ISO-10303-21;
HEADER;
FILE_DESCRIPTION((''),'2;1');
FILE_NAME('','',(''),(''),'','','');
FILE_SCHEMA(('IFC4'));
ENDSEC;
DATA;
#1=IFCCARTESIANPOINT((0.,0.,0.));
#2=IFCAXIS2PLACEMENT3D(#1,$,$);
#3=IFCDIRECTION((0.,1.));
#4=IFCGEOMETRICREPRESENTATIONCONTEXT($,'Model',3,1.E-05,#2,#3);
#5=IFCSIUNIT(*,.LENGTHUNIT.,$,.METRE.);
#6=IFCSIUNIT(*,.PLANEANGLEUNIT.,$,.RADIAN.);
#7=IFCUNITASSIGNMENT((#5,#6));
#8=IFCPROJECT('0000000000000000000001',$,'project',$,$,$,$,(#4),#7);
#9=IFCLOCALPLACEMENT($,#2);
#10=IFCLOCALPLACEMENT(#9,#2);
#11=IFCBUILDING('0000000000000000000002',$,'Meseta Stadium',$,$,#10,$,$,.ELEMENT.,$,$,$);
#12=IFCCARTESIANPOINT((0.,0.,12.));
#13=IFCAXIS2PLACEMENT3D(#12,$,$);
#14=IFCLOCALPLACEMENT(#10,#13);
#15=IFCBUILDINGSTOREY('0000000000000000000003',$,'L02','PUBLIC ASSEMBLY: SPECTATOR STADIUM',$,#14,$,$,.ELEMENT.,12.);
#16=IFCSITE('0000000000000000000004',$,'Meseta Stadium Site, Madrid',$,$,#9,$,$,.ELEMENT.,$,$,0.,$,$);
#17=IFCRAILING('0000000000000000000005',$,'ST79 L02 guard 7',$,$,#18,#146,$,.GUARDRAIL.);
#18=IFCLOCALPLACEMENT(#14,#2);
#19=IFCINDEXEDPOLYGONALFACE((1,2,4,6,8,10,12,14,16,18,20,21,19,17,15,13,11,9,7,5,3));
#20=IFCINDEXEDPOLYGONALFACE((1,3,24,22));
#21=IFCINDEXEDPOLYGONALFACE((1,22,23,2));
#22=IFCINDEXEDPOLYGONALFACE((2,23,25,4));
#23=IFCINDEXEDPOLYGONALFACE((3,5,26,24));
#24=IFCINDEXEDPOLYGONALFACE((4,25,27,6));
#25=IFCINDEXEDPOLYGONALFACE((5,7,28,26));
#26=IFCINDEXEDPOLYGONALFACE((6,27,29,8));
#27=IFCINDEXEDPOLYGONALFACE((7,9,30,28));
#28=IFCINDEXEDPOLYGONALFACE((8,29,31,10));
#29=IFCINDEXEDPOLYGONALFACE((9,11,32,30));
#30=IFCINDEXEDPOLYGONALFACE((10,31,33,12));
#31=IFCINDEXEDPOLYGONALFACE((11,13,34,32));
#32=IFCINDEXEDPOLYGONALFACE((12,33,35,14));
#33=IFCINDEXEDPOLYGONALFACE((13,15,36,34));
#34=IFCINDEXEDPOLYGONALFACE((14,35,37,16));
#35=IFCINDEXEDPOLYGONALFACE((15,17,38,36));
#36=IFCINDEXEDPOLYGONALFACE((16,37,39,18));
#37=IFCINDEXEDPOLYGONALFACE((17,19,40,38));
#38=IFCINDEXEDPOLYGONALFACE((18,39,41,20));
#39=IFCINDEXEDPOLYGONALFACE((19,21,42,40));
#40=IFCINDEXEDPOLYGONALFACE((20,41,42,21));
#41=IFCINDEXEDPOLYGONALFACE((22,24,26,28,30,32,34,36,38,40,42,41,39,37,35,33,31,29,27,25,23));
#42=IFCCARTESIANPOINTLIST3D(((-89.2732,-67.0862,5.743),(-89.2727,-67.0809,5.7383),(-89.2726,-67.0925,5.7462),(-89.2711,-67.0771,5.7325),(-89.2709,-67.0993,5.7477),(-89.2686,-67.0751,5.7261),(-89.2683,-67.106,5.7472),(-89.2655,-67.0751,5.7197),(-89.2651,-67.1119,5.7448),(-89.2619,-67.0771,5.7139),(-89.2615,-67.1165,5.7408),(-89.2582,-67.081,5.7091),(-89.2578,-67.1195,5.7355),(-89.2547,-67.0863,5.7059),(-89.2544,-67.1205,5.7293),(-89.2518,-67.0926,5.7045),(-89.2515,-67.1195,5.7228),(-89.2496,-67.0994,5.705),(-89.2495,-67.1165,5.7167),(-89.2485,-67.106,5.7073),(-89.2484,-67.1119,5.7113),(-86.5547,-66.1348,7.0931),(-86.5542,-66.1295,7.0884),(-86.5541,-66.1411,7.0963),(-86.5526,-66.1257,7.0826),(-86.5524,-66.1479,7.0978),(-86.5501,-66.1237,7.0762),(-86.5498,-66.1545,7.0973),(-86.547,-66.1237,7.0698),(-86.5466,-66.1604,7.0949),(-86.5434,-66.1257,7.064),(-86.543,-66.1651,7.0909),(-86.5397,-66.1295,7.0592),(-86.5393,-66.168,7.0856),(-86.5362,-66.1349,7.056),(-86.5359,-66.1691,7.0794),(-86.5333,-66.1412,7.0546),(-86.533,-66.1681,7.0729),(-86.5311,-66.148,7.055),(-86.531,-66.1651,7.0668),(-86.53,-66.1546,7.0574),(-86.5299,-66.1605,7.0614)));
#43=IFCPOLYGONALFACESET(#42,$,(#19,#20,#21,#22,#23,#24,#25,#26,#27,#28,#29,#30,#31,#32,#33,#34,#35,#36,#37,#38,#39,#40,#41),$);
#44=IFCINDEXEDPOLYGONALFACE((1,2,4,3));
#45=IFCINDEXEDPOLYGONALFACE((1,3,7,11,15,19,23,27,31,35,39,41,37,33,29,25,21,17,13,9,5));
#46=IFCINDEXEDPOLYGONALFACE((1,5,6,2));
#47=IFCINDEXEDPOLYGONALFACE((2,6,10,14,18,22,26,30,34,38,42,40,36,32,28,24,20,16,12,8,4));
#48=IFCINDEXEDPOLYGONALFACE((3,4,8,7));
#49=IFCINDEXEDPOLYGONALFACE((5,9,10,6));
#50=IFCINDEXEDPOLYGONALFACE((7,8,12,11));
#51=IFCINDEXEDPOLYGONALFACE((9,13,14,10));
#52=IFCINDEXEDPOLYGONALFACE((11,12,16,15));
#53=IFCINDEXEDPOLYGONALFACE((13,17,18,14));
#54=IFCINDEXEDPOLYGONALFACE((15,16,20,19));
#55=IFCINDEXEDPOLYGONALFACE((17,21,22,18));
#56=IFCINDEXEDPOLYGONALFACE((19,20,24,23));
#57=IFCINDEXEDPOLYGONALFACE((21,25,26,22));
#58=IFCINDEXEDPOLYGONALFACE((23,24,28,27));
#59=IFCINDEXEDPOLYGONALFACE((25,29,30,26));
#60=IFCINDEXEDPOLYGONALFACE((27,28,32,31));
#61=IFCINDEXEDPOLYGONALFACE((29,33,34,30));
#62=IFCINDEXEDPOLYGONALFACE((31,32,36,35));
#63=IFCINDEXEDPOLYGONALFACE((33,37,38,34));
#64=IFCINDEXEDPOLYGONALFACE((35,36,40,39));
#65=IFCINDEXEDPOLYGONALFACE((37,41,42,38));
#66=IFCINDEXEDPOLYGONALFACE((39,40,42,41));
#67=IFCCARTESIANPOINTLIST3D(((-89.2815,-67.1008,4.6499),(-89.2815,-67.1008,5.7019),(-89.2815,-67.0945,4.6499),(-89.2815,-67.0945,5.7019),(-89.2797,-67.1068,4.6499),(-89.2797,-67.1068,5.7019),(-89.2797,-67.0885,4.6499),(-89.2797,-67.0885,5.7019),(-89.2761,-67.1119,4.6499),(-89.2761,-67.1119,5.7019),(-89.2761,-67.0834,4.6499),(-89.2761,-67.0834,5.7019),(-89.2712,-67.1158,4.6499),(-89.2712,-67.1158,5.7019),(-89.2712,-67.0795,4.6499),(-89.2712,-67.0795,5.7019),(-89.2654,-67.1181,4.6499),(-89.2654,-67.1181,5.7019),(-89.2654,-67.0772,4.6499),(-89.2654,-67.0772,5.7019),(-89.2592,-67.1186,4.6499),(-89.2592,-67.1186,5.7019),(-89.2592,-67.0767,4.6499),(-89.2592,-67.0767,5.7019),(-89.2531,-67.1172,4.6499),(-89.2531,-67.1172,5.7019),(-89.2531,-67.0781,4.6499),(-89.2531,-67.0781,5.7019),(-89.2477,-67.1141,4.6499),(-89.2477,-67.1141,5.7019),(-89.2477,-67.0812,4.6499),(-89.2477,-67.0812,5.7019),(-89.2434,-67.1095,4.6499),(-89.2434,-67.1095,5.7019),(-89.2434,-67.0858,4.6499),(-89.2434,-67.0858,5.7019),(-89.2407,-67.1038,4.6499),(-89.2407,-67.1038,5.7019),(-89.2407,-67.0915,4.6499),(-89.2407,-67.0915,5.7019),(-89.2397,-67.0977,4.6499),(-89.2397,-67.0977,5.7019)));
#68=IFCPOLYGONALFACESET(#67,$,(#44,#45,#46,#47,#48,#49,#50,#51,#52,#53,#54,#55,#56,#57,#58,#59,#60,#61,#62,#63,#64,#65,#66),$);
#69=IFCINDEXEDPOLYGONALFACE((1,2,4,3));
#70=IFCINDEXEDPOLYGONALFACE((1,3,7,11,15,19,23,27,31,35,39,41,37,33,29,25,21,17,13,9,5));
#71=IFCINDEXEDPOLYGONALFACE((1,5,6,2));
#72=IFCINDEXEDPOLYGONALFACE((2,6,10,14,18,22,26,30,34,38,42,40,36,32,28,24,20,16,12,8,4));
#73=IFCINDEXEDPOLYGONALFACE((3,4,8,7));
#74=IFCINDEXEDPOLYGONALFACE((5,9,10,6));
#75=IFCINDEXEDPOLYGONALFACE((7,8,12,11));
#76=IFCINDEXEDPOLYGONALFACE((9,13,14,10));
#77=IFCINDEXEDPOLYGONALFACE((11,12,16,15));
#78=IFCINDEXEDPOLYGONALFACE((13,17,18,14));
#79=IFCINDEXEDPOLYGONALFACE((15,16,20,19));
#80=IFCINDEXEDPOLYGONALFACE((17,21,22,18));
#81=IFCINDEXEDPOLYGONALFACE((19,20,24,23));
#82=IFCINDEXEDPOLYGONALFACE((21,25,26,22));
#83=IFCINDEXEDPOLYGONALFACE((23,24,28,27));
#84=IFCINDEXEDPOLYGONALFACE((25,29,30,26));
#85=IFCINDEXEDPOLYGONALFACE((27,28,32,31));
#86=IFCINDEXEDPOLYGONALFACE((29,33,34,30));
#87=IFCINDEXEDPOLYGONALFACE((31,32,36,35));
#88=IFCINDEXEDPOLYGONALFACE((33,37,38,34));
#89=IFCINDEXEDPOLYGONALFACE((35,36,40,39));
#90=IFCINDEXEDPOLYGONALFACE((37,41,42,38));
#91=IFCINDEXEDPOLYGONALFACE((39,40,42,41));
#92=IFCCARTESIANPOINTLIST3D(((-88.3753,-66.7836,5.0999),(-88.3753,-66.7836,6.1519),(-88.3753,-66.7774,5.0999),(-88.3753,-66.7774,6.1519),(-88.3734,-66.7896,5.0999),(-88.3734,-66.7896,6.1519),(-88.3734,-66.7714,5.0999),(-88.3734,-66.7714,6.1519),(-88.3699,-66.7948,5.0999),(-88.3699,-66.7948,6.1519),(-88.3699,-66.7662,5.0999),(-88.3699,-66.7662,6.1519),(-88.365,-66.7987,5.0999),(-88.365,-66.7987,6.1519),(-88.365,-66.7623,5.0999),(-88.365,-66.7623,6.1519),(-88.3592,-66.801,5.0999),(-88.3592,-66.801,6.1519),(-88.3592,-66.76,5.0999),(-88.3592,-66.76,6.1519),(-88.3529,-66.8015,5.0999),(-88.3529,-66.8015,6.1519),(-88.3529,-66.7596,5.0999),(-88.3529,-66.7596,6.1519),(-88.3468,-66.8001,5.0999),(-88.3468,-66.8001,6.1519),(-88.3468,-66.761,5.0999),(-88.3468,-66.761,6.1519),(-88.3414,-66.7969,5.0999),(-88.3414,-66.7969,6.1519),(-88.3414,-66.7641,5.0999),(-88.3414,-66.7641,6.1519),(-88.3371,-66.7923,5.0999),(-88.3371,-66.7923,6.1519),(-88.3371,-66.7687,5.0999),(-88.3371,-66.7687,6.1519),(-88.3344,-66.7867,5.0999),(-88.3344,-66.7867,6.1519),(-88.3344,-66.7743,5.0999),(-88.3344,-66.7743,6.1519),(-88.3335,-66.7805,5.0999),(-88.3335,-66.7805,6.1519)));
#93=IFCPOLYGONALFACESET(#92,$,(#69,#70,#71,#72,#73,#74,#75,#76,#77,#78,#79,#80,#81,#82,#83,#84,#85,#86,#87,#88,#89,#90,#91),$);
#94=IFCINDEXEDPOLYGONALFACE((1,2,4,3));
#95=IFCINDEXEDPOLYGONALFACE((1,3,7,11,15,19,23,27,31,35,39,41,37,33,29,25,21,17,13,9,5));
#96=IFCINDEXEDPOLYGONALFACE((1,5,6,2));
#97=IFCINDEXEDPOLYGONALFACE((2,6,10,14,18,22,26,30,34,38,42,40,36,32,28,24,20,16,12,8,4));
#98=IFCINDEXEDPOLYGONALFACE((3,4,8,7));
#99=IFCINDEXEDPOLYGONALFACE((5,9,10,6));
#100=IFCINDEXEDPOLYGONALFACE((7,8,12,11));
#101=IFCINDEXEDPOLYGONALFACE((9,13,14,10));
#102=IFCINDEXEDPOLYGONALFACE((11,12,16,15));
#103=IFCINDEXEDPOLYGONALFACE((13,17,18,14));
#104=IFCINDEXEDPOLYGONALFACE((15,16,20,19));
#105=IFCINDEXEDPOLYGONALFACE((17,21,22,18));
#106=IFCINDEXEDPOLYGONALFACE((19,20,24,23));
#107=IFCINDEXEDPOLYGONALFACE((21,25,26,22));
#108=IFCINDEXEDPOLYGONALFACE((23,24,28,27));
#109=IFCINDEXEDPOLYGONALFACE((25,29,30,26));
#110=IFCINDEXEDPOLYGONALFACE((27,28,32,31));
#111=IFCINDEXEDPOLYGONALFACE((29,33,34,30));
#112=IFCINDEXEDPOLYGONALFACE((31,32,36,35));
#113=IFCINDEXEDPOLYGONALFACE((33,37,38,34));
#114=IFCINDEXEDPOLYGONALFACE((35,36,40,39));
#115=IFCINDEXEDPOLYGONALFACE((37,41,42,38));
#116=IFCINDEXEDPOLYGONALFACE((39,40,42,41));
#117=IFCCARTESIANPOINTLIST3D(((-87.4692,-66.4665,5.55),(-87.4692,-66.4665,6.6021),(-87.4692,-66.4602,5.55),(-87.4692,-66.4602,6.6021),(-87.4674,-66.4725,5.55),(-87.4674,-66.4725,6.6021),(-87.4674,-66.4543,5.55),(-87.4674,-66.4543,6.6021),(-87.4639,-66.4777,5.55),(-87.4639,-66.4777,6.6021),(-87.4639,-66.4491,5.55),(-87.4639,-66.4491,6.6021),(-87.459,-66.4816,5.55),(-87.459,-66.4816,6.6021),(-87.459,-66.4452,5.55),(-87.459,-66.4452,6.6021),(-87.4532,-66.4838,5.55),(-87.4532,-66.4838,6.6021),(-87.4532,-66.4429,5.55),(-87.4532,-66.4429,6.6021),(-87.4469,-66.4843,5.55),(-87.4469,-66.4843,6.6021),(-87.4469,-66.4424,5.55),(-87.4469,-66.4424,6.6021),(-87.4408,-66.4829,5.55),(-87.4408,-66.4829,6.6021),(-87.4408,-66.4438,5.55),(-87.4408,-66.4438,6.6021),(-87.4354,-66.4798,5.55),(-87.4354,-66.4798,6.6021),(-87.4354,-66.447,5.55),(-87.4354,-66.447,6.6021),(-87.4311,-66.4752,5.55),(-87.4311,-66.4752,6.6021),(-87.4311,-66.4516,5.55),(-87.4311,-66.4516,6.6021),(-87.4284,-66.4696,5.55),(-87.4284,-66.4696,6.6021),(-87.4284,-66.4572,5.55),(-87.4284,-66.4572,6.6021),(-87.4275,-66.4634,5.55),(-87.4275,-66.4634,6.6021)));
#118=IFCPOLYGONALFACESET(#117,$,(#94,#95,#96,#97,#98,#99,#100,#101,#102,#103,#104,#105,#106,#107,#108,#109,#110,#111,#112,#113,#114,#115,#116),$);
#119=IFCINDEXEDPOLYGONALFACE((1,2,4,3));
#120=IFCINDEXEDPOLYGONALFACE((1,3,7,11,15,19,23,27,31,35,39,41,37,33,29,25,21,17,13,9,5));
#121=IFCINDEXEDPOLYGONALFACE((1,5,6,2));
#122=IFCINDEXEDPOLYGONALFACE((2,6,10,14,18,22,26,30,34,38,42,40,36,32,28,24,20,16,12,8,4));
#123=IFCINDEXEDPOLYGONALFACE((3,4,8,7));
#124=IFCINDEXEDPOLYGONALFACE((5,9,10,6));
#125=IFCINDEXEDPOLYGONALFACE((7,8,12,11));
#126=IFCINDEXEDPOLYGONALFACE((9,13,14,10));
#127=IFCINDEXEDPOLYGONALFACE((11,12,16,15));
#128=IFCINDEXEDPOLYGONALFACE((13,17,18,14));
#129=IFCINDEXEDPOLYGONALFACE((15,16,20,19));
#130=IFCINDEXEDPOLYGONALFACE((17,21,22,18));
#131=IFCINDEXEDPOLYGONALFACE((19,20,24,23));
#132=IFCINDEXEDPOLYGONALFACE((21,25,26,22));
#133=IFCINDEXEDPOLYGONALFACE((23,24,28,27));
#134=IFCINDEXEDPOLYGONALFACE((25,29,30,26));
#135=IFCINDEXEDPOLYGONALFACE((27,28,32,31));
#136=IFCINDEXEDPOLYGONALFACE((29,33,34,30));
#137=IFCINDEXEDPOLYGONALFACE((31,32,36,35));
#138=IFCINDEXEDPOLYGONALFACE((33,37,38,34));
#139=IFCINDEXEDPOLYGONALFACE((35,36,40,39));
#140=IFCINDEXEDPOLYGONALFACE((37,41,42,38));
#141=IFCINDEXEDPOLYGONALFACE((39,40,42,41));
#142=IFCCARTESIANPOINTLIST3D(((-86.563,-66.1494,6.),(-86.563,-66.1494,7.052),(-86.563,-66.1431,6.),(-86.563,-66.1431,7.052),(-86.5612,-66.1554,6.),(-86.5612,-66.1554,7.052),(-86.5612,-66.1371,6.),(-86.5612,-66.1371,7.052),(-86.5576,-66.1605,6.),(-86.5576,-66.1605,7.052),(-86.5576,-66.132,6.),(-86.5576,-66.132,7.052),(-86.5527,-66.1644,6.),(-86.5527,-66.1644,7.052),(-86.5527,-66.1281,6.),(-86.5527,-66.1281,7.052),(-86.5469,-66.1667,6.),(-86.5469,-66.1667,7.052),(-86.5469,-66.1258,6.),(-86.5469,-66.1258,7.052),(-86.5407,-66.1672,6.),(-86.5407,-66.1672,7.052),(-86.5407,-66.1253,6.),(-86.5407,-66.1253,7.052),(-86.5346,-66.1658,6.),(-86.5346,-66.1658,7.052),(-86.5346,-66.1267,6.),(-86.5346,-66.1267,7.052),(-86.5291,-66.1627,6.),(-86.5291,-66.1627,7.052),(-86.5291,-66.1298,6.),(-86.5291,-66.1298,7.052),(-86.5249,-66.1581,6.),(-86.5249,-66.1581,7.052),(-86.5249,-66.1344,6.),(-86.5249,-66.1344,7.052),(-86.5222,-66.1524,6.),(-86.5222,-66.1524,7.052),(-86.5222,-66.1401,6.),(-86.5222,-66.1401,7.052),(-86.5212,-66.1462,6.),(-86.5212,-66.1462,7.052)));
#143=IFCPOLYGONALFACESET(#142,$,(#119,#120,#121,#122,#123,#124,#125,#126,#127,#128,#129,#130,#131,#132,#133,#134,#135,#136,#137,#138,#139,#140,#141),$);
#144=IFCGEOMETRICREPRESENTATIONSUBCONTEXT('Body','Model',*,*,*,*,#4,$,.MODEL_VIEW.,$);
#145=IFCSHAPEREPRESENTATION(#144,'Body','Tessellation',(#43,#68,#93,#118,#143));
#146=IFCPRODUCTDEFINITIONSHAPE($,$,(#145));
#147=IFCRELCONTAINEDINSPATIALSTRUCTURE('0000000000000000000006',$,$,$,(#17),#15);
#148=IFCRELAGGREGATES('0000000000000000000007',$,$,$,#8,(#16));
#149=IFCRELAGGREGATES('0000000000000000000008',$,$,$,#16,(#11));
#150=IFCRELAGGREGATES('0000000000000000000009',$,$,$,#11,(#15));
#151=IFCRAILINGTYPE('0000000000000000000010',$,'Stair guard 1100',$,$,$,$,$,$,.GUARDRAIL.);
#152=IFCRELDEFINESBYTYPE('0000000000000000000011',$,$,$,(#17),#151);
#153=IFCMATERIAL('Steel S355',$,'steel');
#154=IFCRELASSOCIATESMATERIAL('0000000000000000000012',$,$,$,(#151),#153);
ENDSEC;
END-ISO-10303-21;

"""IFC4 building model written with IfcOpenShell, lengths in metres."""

from ifc_helpers import new_model, si_unit, direction, frame, origin, origin_2d, place, context, subcontext, project, spatial, circle, extrude, material, type_object, element, save


model = new_model("IFC4")

# Units and contexts
model_context = context("Model", 3, precision=1e-05, world=origin(), true_north=direction((0.0, 1.0)))
body_context = subcontext(model_context, "Body", "Model", "MODEL_VIEW")
ifc_project = project(units=[si_unit("LENGTHUNIT", "METRE"), si_unit("PLANEANGLEUNIT", "RADIAN")], contexts=[model_context])

# Site, building, storey
site_placement = place(None, origin())
site = spatial("IfcSite", under=ifc_project, at=site_placement, Name="Meseta Stadium Site, Madrid", CompositionType="ELEMENT", RefElevation=0.0)
building_placement = place(site_placement, origin())
building = spatial("IfcBuilding", under=site, at=building_placement, Name="Meseta Stadium", CompositionType="ELEMENT")
storey_placement = place(building_placement, frame((0.0, 0.0, 12.0)))
storey = spatial("IfcBuildingStorey", under=building, at=storey_placement, Name="L02", Description="PUBLIC ASSEMBLY: SPECTATOR STADIUM", CompositionType="ELEMENT", Elevation=12.0)

# Railing
ifc_material_1 = material(Name="Steel S355", Category="steel")
railing_type_1 = type_object("IfcRailingType", Name="Stair guard 1100", PredefinedType="GUARDRAIL", material=ifc_material_1)
railing_1_placement = place(storey_placement, frame((-89.2607, -67.0977, 4.6499)))
element("IfcRailing", 1, at=railing_1_placement, inside=storey, type_object=railing_type_1, Name="ST79 L02 guard 7", PredefinedType="GUARDRAIL", context=body_context, shape_type="SweptSolid", body=[
    extrude(circle(Radius=0.0239, at=origin_2d()), frame((0.0, 0.0, 1.0762), z_axis=(0.85463, 0.299101, 0.424437), x_axis=(-0.330332, 0.943865, 0.0)), (0.0, 0.0, 1.0), 3.1809),
    extrude(circle(Radius=0.021, at=origin_2d()), origin(), (0.0, 0.0, 1.0), 1.052),
    extrude(circle(Radius=0.021, at=origin_2d()), frame((0.9062, 0.3171, 0.45)), (0.0, 0.0, 1.0), 1.052),
    extrude(circle(Radius=0.021, at=origin_2d()), frame((1.8123, 0.6343, 0.9001)), (0.0, 0.0, 1.0), 1.052),
    extrude(circle(Radius=0.021, at=origin_2d()), frame((2.7185, 0.9514, 1.3501)), (0.0, 0.0, 1.0), 1.052),
])

save(model, "model.ifc")
